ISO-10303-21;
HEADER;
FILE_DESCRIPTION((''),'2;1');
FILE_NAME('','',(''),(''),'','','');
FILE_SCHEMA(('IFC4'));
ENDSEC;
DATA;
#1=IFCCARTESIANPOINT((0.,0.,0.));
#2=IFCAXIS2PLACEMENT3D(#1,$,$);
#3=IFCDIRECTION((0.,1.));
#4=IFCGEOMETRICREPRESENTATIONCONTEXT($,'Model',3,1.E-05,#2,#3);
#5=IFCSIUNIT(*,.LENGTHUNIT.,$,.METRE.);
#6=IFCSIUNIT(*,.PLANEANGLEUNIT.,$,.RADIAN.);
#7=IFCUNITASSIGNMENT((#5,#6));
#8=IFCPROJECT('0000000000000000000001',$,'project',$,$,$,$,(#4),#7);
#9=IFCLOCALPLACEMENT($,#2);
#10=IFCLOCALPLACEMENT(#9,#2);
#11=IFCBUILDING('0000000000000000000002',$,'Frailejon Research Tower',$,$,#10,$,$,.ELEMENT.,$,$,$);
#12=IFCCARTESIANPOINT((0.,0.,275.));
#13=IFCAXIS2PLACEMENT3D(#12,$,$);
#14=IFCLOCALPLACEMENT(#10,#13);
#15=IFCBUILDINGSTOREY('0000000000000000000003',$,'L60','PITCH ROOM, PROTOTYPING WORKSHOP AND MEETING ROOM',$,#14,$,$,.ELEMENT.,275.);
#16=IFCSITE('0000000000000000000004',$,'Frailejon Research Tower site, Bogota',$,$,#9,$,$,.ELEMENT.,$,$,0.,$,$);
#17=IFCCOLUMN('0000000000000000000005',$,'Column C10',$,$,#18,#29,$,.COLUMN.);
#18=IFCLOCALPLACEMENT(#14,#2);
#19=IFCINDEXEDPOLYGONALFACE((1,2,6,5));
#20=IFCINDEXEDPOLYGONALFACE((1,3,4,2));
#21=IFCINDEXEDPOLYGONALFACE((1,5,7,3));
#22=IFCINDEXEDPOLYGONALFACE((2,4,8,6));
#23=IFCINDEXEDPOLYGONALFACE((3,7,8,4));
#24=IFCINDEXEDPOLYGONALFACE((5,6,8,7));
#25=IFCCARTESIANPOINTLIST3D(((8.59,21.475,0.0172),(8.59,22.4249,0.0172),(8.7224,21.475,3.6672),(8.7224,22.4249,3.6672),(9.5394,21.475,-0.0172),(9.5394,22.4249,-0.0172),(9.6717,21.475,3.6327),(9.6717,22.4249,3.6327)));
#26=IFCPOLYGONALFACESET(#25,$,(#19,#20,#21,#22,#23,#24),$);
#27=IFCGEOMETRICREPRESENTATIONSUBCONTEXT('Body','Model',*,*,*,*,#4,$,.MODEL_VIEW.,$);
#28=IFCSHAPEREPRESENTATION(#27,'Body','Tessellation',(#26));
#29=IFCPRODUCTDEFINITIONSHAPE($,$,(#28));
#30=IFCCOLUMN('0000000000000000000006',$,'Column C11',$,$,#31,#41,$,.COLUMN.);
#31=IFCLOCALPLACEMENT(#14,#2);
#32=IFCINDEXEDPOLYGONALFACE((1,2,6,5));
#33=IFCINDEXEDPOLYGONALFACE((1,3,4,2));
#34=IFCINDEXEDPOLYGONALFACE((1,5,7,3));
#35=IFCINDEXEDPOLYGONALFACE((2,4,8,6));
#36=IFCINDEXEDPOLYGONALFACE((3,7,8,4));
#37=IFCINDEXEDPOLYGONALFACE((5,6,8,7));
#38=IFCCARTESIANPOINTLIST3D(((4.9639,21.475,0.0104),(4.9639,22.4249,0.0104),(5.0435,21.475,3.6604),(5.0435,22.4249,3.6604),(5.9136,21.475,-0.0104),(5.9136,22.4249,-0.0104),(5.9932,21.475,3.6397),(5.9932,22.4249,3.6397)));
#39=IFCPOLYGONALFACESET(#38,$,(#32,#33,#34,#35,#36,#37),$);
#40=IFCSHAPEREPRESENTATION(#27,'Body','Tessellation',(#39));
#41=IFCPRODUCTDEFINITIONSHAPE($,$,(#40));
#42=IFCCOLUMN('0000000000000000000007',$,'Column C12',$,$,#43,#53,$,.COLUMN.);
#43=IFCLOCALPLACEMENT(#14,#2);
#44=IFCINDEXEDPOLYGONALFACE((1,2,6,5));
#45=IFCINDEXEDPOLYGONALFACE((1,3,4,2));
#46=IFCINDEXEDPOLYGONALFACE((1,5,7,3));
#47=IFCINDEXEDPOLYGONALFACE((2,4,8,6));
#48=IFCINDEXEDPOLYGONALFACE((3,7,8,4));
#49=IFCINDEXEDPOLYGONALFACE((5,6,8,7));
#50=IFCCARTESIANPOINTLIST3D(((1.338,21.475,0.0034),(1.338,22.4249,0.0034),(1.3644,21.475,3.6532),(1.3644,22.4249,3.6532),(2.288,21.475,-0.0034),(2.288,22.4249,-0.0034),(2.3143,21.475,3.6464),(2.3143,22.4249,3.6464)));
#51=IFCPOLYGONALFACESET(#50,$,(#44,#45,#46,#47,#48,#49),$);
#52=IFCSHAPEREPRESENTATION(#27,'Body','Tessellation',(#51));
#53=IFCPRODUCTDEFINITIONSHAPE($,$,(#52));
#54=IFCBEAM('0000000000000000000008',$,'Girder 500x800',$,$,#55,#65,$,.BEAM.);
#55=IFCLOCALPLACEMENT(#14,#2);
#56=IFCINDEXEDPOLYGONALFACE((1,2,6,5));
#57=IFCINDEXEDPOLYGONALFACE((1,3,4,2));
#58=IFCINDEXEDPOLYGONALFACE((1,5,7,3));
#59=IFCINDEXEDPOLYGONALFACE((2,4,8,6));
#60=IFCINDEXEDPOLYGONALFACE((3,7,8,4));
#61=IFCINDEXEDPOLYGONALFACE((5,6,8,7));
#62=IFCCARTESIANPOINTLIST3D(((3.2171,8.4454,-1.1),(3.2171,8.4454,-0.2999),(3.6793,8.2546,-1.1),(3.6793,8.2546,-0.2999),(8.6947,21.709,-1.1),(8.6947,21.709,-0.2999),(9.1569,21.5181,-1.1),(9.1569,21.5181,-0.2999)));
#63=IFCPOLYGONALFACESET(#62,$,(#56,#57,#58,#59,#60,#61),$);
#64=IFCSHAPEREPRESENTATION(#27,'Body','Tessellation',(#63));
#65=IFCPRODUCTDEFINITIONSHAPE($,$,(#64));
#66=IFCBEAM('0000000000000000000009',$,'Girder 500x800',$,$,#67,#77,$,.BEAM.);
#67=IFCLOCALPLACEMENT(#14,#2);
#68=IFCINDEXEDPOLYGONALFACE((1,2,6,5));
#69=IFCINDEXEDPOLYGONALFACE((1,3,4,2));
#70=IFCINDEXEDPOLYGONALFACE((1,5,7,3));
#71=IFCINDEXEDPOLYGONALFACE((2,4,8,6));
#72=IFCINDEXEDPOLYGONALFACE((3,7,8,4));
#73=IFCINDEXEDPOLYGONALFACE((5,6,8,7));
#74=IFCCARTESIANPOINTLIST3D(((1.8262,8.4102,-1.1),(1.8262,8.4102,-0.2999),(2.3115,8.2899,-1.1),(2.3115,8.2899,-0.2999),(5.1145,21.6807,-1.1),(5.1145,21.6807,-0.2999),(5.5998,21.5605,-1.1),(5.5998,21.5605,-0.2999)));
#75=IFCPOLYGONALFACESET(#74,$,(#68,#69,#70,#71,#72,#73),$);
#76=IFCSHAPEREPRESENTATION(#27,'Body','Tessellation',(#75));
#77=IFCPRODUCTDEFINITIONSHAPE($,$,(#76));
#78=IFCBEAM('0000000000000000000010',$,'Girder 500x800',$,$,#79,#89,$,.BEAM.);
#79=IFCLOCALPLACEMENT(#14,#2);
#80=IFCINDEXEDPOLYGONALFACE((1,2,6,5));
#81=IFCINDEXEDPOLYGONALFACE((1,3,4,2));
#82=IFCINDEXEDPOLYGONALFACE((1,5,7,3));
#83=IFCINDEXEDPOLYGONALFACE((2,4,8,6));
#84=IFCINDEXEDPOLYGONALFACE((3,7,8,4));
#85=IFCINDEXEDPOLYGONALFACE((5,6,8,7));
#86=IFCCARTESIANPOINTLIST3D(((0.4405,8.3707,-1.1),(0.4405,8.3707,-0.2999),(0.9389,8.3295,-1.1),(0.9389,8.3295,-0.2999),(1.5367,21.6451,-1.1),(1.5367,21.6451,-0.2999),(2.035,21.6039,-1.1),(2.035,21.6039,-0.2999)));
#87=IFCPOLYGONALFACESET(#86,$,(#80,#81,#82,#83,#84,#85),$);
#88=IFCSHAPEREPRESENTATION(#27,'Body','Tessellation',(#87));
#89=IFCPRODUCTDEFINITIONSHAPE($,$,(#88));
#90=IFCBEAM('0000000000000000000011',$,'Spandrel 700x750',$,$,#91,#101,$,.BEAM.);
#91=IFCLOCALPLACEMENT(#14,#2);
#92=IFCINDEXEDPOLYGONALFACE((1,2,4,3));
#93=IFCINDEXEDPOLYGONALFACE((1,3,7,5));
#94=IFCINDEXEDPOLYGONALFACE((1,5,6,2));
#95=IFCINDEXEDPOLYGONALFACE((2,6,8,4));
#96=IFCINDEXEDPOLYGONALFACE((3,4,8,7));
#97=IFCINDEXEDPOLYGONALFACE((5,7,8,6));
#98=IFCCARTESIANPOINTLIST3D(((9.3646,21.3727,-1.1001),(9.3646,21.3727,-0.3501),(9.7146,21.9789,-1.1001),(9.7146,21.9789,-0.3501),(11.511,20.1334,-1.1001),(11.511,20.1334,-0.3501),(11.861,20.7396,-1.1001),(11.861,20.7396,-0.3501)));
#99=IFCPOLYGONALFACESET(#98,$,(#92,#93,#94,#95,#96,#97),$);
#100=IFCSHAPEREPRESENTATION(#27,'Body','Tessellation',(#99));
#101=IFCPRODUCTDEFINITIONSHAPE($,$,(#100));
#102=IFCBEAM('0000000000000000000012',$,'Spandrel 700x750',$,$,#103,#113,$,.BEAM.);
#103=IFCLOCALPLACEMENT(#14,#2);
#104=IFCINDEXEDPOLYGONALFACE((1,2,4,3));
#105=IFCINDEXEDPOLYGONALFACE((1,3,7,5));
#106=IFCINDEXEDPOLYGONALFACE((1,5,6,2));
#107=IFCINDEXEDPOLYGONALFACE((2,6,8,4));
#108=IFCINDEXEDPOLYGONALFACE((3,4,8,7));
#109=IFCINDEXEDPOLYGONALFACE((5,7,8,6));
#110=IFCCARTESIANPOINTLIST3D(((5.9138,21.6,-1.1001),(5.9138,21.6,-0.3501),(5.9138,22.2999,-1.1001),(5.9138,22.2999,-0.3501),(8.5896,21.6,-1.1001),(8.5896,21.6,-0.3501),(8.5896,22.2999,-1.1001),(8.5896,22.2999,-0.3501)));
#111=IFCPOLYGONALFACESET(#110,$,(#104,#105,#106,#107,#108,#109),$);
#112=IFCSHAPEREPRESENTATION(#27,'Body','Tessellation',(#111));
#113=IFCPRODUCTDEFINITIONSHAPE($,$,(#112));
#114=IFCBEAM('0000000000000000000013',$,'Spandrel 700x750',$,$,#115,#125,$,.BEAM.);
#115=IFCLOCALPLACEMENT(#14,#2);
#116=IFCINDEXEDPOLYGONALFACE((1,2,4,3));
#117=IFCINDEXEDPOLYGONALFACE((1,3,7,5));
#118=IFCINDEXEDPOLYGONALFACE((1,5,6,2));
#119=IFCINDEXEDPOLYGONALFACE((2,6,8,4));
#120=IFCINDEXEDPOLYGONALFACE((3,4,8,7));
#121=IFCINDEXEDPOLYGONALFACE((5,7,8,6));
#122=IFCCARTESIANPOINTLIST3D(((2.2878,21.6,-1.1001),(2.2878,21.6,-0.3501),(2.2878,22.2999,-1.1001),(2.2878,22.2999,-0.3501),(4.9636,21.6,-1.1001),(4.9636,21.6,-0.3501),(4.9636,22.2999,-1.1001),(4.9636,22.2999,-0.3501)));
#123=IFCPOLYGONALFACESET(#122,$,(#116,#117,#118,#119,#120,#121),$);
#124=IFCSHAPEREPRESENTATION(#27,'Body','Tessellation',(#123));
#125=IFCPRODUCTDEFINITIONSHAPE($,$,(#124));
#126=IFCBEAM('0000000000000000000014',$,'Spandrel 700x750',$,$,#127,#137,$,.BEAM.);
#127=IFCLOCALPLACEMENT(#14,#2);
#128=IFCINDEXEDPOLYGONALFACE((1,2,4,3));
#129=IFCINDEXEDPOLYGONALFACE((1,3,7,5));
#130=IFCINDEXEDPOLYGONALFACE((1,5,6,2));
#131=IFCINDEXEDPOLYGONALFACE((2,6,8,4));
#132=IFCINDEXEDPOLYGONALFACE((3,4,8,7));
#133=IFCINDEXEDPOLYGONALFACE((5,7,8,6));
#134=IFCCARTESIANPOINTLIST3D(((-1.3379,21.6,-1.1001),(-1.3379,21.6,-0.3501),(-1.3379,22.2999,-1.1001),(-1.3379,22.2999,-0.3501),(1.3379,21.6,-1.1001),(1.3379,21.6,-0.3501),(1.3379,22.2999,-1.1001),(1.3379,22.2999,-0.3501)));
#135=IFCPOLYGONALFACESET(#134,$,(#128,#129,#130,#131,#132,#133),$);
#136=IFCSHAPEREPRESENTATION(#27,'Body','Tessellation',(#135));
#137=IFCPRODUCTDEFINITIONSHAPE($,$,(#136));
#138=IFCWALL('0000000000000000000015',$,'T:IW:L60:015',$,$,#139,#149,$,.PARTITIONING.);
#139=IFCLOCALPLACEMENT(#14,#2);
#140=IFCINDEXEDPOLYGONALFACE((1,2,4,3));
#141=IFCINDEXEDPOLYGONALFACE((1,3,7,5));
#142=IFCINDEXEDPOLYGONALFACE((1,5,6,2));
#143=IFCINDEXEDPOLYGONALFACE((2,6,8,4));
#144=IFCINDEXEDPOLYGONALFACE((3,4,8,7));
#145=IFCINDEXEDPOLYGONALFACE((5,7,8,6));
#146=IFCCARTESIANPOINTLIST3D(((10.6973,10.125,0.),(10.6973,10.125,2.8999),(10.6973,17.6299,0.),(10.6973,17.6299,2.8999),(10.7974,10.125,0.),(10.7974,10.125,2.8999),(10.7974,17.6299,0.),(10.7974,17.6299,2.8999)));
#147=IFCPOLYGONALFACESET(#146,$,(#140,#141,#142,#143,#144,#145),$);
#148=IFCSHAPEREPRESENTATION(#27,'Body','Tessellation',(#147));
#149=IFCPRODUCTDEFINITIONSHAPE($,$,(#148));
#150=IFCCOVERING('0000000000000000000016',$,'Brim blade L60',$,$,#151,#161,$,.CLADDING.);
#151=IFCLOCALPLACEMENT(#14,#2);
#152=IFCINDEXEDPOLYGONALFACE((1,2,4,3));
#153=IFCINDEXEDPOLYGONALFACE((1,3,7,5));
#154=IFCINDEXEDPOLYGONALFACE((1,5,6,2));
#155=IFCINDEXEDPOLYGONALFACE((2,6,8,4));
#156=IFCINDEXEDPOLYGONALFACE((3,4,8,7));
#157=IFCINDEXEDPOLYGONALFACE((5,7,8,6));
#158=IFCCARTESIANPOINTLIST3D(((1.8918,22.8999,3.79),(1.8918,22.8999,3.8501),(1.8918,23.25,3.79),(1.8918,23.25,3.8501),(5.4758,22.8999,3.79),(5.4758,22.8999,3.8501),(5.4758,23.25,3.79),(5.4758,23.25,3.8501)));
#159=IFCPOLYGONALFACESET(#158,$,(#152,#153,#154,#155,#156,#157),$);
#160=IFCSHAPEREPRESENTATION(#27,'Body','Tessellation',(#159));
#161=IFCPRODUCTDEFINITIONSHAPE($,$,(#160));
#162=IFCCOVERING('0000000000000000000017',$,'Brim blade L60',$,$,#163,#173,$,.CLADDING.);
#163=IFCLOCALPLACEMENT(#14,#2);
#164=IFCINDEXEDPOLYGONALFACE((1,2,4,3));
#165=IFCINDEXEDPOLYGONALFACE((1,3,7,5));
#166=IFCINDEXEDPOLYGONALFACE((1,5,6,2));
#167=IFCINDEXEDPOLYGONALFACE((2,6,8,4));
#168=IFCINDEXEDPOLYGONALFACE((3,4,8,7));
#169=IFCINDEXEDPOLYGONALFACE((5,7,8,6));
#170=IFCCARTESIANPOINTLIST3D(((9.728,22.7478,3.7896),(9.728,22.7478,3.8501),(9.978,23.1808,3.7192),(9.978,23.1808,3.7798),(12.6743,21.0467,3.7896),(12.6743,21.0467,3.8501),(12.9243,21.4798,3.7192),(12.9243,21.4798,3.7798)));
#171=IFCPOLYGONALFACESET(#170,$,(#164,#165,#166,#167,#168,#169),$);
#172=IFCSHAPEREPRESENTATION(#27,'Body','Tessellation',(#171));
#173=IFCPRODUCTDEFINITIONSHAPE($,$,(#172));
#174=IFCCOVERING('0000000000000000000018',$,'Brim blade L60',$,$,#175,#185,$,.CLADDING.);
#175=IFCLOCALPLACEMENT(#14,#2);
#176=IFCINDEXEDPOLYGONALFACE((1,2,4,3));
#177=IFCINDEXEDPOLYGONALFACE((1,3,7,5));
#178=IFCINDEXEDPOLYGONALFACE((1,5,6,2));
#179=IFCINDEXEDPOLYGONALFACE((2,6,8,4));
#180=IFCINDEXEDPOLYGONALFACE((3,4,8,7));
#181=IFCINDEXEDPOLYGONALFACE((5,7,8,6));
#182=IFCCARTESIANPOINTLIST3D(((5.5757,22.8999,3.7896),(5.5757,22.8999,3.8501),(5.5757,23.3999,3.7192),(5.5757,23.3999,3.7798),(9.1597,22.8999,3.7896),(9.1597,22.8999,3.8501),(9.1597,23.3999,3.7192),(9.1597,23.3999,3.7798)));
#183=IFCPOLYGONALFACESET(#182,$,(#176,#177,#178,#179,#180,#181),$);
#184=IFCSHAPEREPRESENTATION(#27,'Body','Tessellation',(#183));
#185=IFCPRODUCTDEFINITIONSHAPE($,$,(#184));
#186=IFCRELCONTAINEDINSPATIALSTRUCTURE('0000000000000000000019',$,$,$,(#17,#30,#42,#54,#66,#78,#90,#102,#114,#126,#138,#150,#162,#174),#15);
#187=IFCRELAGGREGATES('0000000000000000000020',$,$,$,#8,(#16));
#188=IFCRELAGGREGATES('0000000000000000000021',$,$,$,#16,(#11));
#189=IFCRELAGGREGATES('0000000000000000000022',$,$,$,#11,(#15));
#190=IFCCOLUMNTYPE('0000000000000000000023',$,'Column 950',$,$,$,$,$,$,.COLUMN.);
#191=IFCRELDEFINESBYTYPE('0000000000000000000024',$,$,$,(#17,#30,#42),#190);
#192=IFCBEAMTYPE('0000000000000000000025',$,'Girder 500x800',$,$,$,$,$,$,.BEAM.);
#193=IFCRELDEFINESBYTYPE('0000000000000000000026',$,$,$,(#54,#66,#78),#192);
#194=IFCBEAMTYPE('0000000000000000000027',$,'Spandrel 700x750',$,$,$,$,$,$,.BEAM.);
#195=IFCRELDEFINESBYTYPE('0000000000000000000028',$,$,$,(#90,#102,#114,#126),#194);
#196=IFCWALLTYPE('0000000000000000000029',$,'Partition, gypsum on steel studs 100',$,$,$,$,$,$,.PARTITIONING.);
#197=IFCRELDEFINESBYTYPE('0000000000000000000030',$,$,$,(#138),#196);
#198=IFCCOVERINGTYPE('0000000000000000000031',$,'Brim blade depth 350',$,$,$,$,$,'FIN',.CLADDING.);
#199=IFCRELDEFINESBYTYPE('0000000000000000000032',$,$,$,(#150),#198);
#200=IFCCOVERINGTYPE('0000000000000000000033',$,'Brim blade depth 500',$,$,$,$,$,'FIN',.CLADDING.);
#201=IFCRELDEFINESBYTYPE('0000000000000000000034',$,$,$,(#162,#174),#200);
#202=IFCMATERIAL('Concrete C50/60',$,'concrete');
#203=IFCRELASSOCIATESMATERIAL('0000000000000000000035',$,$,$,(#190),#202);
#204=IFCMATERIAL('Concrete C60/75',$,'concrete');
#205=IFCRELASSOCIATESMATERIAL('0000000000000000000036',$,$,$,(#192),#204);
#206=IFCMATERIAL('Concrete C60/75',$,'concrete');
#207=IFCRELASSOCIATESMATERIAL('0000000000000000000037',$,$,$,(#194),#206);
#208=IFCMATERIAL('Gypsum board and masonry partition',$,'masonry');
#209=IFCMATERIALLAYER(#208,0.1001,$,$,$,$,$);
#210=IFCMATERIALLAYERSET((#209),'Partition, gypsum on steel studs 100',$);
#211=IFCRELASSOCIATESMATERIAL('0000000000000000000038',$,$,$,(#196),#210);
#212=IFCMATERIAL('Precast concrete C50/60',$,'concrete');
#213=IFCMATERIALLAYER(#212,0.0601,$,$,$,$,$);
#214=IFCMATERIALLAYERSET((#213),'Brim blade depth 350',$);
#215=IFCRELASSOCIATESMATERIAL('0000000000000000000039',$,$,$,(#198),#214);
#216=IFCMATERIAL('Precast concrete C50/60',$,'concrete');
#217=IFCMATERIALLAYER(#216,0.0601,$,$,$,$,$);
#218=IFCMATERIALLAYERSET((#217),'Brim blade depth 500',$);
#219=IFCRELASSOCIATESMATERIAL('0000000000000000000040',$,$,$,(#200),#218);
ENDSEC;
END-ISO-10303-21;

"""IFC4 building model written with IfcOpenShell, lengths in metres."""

from ifc_helpers import new_model, si_unit, direction, frame, frame_2d, origin, origin_2d, place, context, subcontext, project, spatial, polyline, rectangle, outline, extrude, material, layer, layer_set, material_profile, profile_set, type_object, element, save


model = new_model("IFC4")

# Units and contexts
model_context = context("Model", 3, precision=1e-05, world=origin(), true_north=direction((0.0, 1.0)))
body_context = subcontext(model_context, "Body", "Model", "MODEL_VIEW")
ifc_project = project(units=[si_unit("LENGTHUNIT", "METRE"), si_unit("PLANEANGLEUNIT", "RADIAN")], contexts=[model_context])

# Site, building, storey
site_placement = place(None, origin())
site = spatial("IfcSite", under=ifc_project, at=site_placement, Name="Frailejon Research Tower site, Bogota", CompositionType="ELEMENT", RefElevation=0.0)
building_placement = place(site_placement, origin())
building = spatial("IfcBuilding", under=site, at=building_placement, Name="Frailejon Research Tower", CompositionType="ELEMENT")
storey_placement = place(building_placement, frame((0.0, 0.0, 275.0)))
storey = spatial("IfcBuildingStorey", under=building, at=storey_placement, Name="L60", Description="PITCH ROOM, PROTOTYPING WORKSHOP AND MEETING ROOM", CompositionType="ELEMENT", Elevation=275.0)

# Columns
ifc_material_1 = material(Name="Concrete C50/60", Category="concrete")
ifc_material_profile_1 = material_profile(ifc_material_1, rectangle(XDim=0.95, YDim=0.95, at=origin_2d()), Name="Column 950")
ifc_profile_set_1 = profile_set([ifc_material_profile_1], Name="Concrete C50/60")
column_type = type_object("IfcColumnType", Name="Column 950", PredefinedType="COLUMN", material=ifc_profile_set_1)
column_1_placement = place(storey_placement, frame((9.0647, 21.95, 0.0), z_axis=(0.03623, 0.0, 0.999343), x_axis=(-0.999343, 0.0, 0.03623)))
element("IfcColumn", 1, at=column_1_placement, inside=storey, type_object=column_type, Name="Column C10", PredefinedType="COLUMN", context=body_context, shape_type="SweptSolid", body=[
    extrude(rectangle(XDim=0.95, YDim=0.95, at=origin_2d()), origin(), (0.0, 0.0, 1.0), 3.6523),
])
column_2_placement = place(storey_placement, frame((5.4387, 21.95, 0.0), z_axis=(0.021801, 0.0, 0.999762), x_axis=(-0.999762, 0.0, 0.021801)))
element("IfcColumn", 2, at=column_2_placement, inside=storey, type_object=column_type, Name="Column C11", PredefinedType="COLUMN", context=body_context, shape_type="SweptSolid", body=[
    extrude(rectangle(XDim=0.95, YDim=0.95, at=origin_2d()), origin(), (0.0, 0.0, 1.0), 3.6509),
])
column_3_placement = place(storey_placement, frame((1.813, 21.95, 0.0), z_axis=(0.007224, 0.0, 0.999974), x_axis=(-0.999974, 0.0, 0.007224)))
element("IfcColumn", 3, at=column_3_placement, inside=storey, type_object=column_type, Name="Column C12", PredefinedType="COLUMN", context=body_context, shape_type="SweptSolid", body=[
    extrude(rectangle(XDim=0.95, YDim=0.95, at=origin_2d()), origin(), (0.0, 0.0, 1.0), 3.6499),
])

# Beams
ifc_material_2 = material(Name="Concrete C60/75", Category="concrete")
ifc_material_profile_2 = material_profile(ifc_material_2, rectangle(XDim=0.5, YDim=0.8, at=origin_2d()), Name="Girder 500x800")
ifc_profile_set_2 = profile_set([ifc_material_profile_2], Name="Concrete C60/75")
beam_type_1 = type_object("IfcBeamType", Name="Girder 500x800", PredefinedType="BEAM", material=ifc_profile_set_2)
beam_1_placement = place(storey_placement, frame((8.9258, 21.6135, -0.7), z_axis=(-0.381711, -0.924282, 0.0), x_axis=(0.924282, -0.381711, 0.0)))
element("IfcBeam", 4, at=beam_1_placement, inside=storey, type_object=beam_type_1, Name="Girder 500x800", PredefinedType="BEAM", context=body_context, shape_type="SweptSolid", body=[
    extrude(rectangle(XDim=0.5, YDim=0.8, at=origin_2d()), origin(), (0.0, 0.0, 1.0), 14.3501),
])
beam_2_placement = place(storey_placement, frame((5.3572, 21.6206, -0.7), z_axis=(-0.240518, -0.970645, 0.0), x_axis=(0.970645, -0.240518, 0.0)))
element("IfcBeam", 5, at=beam_2_placement, inside=storey, type_object=beam_type_1, Name="Girder 500x800", PredefinedType="BEAM", context=body_context, shape_type="SweptSolid", body=[
    extrude(rectangle(XDim=0.5, YDim=0.8, at=origin_2d()), origin(), (0.0, 0.0, 1.0), 13.6719),
])
beam_3_placement = place(storey_placement, frame((1.7859, 21.6245, -0.7), z_axis=(-0.082299, -0.996608, 0.0), x_axis=(0.996608, -0.082299, 0.0)))
element("IfcBeam", 6, at=beam_3_placement, inside=storey, type_object=beam_type_1, Name="Girder 500x800", PredefinedType="BEAM", context=body_context, shape_type="SweptSolid", body=[
    extrude(rectangle(XDim=0.5, YDim=0.8, at=origin_2d()), origin(), (0.0, 0.0, 1.0), 13.3196),
])
ifc_material_3 = material(Name="Concrete C60/75", Category="concrete")
ifc_material_profile_3 = material_profile(ifc_material_3, rectangle(XDim=0.7, YDim=0.75, at=origin_2d()), Name="Spandrel 700x750")
ifc_profile_set_3 = profile_set([ifc_material_profile_3], Name="Concrete C60/75")
beam_type_2 = type_object("IfcBeamType", Name="Spandrel 700x750", PredefinedType="BEAM", material=ifc_profile_set_3)
beam_4_placement = place(storey_placement, frame((11.686, 20.4365, -0.7251), z_axis=(-0.866028, 0.499995, 0.0), x_axis=(-0.499995, -0.866028, 0.0)))
element("IfcBeam", 7, at=beam_4_placement, inside=storey, type_object=beam_type_2, Name="Spandrel 700x750", PredefinedType="BEAM", context=body_context, shape_type="SweptSolid", body=[
    extrude(rectangle(XDim=0.7, YDim=0.75, at=origin_2d()), origin(), (0.0, 0.0, 1.0), 2.4785),
])
for number, where, z_axis, x_axis, name in (
    (8, (8.5896, 21.95, -0.7251), (-1.0, 0.0, 0.0), (0.0, -1.0, 0.0), "Spandrel 700x750"),
    (9, (4.9636, 21.95, -0.7251), (-1.0, 0.0, 0.0), (0.0, -1.0, 0.0), "Spandrel 700x750"),
    (10, (1.3379, 21.95, -0.7251), (-1.0, 0.0, 0.0), (0.0, -1.0, 0.0), "Spandrel 700x750"),
):
    element("IfcBeam", number, at=place(storey_placement, frame(where, z_axis=z_axis, x_axis=x_axis)), inside=storey, type_object=beam_type_2, Name=name, PredefinedType="BEAM", context=body_context, shape_type="SweptSolid", body=[
        extrude(rectangle(XDim=0.7, YDim=0.75, at=origin_2d()), origin(), (0.0, 0.0, 1.0), 2.6758),
    ])

# Wall
ifc_material_4 = material(Name="Gypsum board and masonry partition", Category="masonry")
ifc_layer_1 = layer(ifc_material_4, 0.1001)
ifc_layer_set_1 = layer_set([ifc_layer_1], Name="Partition, gypsum on steel studs 100")
wall_type_1 = type_object("IfcWallType", Name="Partition, gypsum on steel studs 100", PredefinedType="PARTITIONING", material=ifc_layer_set_1)
wall_1_placement = place(storey_placement, frame((10.7473, 10.125, 0.0), z_axis=(0.0, 0.0, 1.0), x_axis=(0.0, 1.0, 0.0)))
element("IfcWall", 11, at=wall_1_placement, inside=storey, type_object=wall_type_1, Name="T:IW:L60:015", PredefinedType="PARTITIONING", context=body_context, shape_type="SweptSolid", body=[
    extrude(rectangle(XDim=7.5049, YDim=0.1001, at=frame_2d((3.7524, 0.0))), origin(), (0.0, 0.0, 1.0), 2.8999),
])

# Coverings
ifc_material_5 = material(Name="Precast concrete C50/60", Category="concrete")
ifc_layer_2 = layer(ifc_material_5, 0.0601)
ifc_layer_set_2 = layer_set([ifc_layer_2], Name="Brim blade depth 350")
covering_type_1 = type_object("IfcCoveringType", Name="Brim blade depth 350", ElementType="FIN", PredefinedType="CLADDING", material=ifc_layer_set_2)
covering_1_placement = place(storey_placement, frame((1.8918, 22.8999, 3.8501), z_axis=(1.0, 0.0, 0.0), x_axis=(0.0, 1.0, 0.0)))
element("IfcCovering", 12, at=covering_1_placement, inside=storey, type_object=covering_type_1, Name="Brim blade L60", PredefinedType="CLADDING", context=body_context, shape_type="SweptSolid", body=[
    extrude(outline(polyline([(0.0, -0.0601), (0.3501, -0.0601), (0.3501, 0.0), (0.0, 0.0), (0.0, -0.0601)])), origin(), (0.0, 0.0, 1.0), 3.584),
])
ifc_material_6 = material(Name="Precast concrete C50/60", Category="concrete")
ifc_layer_3 = layer(ifc_material_6, 0.0601)
ifc_layer_set_3 = layer_set([ifc_layer_3], Name="Brim blade depth 500")
covering_type_2 = type_object("IfcCoveringType", Name="Brim blade depth 500", ElementType="FIN", PredefinedType="CLADDING", material=ifc_layer_set_3)
covering_2_placement = place(storey_placement, frame((9.728, 22.7478, 3.8501), z_axis=(0.866024, -0.500003, 0.0), x_axis=(0.500003, 0.866024, 0.0)))
element("IfcCovering", 13, at=covering_2_placement, inside=storey, type_object=covering_type_2, Name="Brim blade L60", PredefinedType="CLADDING", context=body_context, shape_type="SweptSolid", body=[
    extrude(outline(polyline([(0.0, -0.0605), (0.5, -0.1309), (0.5, -0.0703), (0.0, 0.0), (0.0, -0.0605)])), origin(), (0.0, 0.0, 1.0), 3.4021),
])
covering_3_placement = place(storey_placement, frame((5.5757, 22.8999, 3.8501), z_axis=(1.0, 0.0, 0.0), x_axis=(0.0, 1.0, 0.0)))
element("IfcCovering", 14, at=covering_3_placement, inside=storey, type_object=covering_type_2, Name="Brim blade L60", PredefinedType="CLADDING", context=body_context, shape_type="SweptSolid", body=[
    extrude(outline(polyline([(0.0, -0.0605), (0.5, -0.1309), (0.5, -0.0703), (0.0, 0.0), (0.0, -0.0605)])), origin(), (0.0, 0.0, 1.0), 3.584),
])

save(model, "model.ifc")
